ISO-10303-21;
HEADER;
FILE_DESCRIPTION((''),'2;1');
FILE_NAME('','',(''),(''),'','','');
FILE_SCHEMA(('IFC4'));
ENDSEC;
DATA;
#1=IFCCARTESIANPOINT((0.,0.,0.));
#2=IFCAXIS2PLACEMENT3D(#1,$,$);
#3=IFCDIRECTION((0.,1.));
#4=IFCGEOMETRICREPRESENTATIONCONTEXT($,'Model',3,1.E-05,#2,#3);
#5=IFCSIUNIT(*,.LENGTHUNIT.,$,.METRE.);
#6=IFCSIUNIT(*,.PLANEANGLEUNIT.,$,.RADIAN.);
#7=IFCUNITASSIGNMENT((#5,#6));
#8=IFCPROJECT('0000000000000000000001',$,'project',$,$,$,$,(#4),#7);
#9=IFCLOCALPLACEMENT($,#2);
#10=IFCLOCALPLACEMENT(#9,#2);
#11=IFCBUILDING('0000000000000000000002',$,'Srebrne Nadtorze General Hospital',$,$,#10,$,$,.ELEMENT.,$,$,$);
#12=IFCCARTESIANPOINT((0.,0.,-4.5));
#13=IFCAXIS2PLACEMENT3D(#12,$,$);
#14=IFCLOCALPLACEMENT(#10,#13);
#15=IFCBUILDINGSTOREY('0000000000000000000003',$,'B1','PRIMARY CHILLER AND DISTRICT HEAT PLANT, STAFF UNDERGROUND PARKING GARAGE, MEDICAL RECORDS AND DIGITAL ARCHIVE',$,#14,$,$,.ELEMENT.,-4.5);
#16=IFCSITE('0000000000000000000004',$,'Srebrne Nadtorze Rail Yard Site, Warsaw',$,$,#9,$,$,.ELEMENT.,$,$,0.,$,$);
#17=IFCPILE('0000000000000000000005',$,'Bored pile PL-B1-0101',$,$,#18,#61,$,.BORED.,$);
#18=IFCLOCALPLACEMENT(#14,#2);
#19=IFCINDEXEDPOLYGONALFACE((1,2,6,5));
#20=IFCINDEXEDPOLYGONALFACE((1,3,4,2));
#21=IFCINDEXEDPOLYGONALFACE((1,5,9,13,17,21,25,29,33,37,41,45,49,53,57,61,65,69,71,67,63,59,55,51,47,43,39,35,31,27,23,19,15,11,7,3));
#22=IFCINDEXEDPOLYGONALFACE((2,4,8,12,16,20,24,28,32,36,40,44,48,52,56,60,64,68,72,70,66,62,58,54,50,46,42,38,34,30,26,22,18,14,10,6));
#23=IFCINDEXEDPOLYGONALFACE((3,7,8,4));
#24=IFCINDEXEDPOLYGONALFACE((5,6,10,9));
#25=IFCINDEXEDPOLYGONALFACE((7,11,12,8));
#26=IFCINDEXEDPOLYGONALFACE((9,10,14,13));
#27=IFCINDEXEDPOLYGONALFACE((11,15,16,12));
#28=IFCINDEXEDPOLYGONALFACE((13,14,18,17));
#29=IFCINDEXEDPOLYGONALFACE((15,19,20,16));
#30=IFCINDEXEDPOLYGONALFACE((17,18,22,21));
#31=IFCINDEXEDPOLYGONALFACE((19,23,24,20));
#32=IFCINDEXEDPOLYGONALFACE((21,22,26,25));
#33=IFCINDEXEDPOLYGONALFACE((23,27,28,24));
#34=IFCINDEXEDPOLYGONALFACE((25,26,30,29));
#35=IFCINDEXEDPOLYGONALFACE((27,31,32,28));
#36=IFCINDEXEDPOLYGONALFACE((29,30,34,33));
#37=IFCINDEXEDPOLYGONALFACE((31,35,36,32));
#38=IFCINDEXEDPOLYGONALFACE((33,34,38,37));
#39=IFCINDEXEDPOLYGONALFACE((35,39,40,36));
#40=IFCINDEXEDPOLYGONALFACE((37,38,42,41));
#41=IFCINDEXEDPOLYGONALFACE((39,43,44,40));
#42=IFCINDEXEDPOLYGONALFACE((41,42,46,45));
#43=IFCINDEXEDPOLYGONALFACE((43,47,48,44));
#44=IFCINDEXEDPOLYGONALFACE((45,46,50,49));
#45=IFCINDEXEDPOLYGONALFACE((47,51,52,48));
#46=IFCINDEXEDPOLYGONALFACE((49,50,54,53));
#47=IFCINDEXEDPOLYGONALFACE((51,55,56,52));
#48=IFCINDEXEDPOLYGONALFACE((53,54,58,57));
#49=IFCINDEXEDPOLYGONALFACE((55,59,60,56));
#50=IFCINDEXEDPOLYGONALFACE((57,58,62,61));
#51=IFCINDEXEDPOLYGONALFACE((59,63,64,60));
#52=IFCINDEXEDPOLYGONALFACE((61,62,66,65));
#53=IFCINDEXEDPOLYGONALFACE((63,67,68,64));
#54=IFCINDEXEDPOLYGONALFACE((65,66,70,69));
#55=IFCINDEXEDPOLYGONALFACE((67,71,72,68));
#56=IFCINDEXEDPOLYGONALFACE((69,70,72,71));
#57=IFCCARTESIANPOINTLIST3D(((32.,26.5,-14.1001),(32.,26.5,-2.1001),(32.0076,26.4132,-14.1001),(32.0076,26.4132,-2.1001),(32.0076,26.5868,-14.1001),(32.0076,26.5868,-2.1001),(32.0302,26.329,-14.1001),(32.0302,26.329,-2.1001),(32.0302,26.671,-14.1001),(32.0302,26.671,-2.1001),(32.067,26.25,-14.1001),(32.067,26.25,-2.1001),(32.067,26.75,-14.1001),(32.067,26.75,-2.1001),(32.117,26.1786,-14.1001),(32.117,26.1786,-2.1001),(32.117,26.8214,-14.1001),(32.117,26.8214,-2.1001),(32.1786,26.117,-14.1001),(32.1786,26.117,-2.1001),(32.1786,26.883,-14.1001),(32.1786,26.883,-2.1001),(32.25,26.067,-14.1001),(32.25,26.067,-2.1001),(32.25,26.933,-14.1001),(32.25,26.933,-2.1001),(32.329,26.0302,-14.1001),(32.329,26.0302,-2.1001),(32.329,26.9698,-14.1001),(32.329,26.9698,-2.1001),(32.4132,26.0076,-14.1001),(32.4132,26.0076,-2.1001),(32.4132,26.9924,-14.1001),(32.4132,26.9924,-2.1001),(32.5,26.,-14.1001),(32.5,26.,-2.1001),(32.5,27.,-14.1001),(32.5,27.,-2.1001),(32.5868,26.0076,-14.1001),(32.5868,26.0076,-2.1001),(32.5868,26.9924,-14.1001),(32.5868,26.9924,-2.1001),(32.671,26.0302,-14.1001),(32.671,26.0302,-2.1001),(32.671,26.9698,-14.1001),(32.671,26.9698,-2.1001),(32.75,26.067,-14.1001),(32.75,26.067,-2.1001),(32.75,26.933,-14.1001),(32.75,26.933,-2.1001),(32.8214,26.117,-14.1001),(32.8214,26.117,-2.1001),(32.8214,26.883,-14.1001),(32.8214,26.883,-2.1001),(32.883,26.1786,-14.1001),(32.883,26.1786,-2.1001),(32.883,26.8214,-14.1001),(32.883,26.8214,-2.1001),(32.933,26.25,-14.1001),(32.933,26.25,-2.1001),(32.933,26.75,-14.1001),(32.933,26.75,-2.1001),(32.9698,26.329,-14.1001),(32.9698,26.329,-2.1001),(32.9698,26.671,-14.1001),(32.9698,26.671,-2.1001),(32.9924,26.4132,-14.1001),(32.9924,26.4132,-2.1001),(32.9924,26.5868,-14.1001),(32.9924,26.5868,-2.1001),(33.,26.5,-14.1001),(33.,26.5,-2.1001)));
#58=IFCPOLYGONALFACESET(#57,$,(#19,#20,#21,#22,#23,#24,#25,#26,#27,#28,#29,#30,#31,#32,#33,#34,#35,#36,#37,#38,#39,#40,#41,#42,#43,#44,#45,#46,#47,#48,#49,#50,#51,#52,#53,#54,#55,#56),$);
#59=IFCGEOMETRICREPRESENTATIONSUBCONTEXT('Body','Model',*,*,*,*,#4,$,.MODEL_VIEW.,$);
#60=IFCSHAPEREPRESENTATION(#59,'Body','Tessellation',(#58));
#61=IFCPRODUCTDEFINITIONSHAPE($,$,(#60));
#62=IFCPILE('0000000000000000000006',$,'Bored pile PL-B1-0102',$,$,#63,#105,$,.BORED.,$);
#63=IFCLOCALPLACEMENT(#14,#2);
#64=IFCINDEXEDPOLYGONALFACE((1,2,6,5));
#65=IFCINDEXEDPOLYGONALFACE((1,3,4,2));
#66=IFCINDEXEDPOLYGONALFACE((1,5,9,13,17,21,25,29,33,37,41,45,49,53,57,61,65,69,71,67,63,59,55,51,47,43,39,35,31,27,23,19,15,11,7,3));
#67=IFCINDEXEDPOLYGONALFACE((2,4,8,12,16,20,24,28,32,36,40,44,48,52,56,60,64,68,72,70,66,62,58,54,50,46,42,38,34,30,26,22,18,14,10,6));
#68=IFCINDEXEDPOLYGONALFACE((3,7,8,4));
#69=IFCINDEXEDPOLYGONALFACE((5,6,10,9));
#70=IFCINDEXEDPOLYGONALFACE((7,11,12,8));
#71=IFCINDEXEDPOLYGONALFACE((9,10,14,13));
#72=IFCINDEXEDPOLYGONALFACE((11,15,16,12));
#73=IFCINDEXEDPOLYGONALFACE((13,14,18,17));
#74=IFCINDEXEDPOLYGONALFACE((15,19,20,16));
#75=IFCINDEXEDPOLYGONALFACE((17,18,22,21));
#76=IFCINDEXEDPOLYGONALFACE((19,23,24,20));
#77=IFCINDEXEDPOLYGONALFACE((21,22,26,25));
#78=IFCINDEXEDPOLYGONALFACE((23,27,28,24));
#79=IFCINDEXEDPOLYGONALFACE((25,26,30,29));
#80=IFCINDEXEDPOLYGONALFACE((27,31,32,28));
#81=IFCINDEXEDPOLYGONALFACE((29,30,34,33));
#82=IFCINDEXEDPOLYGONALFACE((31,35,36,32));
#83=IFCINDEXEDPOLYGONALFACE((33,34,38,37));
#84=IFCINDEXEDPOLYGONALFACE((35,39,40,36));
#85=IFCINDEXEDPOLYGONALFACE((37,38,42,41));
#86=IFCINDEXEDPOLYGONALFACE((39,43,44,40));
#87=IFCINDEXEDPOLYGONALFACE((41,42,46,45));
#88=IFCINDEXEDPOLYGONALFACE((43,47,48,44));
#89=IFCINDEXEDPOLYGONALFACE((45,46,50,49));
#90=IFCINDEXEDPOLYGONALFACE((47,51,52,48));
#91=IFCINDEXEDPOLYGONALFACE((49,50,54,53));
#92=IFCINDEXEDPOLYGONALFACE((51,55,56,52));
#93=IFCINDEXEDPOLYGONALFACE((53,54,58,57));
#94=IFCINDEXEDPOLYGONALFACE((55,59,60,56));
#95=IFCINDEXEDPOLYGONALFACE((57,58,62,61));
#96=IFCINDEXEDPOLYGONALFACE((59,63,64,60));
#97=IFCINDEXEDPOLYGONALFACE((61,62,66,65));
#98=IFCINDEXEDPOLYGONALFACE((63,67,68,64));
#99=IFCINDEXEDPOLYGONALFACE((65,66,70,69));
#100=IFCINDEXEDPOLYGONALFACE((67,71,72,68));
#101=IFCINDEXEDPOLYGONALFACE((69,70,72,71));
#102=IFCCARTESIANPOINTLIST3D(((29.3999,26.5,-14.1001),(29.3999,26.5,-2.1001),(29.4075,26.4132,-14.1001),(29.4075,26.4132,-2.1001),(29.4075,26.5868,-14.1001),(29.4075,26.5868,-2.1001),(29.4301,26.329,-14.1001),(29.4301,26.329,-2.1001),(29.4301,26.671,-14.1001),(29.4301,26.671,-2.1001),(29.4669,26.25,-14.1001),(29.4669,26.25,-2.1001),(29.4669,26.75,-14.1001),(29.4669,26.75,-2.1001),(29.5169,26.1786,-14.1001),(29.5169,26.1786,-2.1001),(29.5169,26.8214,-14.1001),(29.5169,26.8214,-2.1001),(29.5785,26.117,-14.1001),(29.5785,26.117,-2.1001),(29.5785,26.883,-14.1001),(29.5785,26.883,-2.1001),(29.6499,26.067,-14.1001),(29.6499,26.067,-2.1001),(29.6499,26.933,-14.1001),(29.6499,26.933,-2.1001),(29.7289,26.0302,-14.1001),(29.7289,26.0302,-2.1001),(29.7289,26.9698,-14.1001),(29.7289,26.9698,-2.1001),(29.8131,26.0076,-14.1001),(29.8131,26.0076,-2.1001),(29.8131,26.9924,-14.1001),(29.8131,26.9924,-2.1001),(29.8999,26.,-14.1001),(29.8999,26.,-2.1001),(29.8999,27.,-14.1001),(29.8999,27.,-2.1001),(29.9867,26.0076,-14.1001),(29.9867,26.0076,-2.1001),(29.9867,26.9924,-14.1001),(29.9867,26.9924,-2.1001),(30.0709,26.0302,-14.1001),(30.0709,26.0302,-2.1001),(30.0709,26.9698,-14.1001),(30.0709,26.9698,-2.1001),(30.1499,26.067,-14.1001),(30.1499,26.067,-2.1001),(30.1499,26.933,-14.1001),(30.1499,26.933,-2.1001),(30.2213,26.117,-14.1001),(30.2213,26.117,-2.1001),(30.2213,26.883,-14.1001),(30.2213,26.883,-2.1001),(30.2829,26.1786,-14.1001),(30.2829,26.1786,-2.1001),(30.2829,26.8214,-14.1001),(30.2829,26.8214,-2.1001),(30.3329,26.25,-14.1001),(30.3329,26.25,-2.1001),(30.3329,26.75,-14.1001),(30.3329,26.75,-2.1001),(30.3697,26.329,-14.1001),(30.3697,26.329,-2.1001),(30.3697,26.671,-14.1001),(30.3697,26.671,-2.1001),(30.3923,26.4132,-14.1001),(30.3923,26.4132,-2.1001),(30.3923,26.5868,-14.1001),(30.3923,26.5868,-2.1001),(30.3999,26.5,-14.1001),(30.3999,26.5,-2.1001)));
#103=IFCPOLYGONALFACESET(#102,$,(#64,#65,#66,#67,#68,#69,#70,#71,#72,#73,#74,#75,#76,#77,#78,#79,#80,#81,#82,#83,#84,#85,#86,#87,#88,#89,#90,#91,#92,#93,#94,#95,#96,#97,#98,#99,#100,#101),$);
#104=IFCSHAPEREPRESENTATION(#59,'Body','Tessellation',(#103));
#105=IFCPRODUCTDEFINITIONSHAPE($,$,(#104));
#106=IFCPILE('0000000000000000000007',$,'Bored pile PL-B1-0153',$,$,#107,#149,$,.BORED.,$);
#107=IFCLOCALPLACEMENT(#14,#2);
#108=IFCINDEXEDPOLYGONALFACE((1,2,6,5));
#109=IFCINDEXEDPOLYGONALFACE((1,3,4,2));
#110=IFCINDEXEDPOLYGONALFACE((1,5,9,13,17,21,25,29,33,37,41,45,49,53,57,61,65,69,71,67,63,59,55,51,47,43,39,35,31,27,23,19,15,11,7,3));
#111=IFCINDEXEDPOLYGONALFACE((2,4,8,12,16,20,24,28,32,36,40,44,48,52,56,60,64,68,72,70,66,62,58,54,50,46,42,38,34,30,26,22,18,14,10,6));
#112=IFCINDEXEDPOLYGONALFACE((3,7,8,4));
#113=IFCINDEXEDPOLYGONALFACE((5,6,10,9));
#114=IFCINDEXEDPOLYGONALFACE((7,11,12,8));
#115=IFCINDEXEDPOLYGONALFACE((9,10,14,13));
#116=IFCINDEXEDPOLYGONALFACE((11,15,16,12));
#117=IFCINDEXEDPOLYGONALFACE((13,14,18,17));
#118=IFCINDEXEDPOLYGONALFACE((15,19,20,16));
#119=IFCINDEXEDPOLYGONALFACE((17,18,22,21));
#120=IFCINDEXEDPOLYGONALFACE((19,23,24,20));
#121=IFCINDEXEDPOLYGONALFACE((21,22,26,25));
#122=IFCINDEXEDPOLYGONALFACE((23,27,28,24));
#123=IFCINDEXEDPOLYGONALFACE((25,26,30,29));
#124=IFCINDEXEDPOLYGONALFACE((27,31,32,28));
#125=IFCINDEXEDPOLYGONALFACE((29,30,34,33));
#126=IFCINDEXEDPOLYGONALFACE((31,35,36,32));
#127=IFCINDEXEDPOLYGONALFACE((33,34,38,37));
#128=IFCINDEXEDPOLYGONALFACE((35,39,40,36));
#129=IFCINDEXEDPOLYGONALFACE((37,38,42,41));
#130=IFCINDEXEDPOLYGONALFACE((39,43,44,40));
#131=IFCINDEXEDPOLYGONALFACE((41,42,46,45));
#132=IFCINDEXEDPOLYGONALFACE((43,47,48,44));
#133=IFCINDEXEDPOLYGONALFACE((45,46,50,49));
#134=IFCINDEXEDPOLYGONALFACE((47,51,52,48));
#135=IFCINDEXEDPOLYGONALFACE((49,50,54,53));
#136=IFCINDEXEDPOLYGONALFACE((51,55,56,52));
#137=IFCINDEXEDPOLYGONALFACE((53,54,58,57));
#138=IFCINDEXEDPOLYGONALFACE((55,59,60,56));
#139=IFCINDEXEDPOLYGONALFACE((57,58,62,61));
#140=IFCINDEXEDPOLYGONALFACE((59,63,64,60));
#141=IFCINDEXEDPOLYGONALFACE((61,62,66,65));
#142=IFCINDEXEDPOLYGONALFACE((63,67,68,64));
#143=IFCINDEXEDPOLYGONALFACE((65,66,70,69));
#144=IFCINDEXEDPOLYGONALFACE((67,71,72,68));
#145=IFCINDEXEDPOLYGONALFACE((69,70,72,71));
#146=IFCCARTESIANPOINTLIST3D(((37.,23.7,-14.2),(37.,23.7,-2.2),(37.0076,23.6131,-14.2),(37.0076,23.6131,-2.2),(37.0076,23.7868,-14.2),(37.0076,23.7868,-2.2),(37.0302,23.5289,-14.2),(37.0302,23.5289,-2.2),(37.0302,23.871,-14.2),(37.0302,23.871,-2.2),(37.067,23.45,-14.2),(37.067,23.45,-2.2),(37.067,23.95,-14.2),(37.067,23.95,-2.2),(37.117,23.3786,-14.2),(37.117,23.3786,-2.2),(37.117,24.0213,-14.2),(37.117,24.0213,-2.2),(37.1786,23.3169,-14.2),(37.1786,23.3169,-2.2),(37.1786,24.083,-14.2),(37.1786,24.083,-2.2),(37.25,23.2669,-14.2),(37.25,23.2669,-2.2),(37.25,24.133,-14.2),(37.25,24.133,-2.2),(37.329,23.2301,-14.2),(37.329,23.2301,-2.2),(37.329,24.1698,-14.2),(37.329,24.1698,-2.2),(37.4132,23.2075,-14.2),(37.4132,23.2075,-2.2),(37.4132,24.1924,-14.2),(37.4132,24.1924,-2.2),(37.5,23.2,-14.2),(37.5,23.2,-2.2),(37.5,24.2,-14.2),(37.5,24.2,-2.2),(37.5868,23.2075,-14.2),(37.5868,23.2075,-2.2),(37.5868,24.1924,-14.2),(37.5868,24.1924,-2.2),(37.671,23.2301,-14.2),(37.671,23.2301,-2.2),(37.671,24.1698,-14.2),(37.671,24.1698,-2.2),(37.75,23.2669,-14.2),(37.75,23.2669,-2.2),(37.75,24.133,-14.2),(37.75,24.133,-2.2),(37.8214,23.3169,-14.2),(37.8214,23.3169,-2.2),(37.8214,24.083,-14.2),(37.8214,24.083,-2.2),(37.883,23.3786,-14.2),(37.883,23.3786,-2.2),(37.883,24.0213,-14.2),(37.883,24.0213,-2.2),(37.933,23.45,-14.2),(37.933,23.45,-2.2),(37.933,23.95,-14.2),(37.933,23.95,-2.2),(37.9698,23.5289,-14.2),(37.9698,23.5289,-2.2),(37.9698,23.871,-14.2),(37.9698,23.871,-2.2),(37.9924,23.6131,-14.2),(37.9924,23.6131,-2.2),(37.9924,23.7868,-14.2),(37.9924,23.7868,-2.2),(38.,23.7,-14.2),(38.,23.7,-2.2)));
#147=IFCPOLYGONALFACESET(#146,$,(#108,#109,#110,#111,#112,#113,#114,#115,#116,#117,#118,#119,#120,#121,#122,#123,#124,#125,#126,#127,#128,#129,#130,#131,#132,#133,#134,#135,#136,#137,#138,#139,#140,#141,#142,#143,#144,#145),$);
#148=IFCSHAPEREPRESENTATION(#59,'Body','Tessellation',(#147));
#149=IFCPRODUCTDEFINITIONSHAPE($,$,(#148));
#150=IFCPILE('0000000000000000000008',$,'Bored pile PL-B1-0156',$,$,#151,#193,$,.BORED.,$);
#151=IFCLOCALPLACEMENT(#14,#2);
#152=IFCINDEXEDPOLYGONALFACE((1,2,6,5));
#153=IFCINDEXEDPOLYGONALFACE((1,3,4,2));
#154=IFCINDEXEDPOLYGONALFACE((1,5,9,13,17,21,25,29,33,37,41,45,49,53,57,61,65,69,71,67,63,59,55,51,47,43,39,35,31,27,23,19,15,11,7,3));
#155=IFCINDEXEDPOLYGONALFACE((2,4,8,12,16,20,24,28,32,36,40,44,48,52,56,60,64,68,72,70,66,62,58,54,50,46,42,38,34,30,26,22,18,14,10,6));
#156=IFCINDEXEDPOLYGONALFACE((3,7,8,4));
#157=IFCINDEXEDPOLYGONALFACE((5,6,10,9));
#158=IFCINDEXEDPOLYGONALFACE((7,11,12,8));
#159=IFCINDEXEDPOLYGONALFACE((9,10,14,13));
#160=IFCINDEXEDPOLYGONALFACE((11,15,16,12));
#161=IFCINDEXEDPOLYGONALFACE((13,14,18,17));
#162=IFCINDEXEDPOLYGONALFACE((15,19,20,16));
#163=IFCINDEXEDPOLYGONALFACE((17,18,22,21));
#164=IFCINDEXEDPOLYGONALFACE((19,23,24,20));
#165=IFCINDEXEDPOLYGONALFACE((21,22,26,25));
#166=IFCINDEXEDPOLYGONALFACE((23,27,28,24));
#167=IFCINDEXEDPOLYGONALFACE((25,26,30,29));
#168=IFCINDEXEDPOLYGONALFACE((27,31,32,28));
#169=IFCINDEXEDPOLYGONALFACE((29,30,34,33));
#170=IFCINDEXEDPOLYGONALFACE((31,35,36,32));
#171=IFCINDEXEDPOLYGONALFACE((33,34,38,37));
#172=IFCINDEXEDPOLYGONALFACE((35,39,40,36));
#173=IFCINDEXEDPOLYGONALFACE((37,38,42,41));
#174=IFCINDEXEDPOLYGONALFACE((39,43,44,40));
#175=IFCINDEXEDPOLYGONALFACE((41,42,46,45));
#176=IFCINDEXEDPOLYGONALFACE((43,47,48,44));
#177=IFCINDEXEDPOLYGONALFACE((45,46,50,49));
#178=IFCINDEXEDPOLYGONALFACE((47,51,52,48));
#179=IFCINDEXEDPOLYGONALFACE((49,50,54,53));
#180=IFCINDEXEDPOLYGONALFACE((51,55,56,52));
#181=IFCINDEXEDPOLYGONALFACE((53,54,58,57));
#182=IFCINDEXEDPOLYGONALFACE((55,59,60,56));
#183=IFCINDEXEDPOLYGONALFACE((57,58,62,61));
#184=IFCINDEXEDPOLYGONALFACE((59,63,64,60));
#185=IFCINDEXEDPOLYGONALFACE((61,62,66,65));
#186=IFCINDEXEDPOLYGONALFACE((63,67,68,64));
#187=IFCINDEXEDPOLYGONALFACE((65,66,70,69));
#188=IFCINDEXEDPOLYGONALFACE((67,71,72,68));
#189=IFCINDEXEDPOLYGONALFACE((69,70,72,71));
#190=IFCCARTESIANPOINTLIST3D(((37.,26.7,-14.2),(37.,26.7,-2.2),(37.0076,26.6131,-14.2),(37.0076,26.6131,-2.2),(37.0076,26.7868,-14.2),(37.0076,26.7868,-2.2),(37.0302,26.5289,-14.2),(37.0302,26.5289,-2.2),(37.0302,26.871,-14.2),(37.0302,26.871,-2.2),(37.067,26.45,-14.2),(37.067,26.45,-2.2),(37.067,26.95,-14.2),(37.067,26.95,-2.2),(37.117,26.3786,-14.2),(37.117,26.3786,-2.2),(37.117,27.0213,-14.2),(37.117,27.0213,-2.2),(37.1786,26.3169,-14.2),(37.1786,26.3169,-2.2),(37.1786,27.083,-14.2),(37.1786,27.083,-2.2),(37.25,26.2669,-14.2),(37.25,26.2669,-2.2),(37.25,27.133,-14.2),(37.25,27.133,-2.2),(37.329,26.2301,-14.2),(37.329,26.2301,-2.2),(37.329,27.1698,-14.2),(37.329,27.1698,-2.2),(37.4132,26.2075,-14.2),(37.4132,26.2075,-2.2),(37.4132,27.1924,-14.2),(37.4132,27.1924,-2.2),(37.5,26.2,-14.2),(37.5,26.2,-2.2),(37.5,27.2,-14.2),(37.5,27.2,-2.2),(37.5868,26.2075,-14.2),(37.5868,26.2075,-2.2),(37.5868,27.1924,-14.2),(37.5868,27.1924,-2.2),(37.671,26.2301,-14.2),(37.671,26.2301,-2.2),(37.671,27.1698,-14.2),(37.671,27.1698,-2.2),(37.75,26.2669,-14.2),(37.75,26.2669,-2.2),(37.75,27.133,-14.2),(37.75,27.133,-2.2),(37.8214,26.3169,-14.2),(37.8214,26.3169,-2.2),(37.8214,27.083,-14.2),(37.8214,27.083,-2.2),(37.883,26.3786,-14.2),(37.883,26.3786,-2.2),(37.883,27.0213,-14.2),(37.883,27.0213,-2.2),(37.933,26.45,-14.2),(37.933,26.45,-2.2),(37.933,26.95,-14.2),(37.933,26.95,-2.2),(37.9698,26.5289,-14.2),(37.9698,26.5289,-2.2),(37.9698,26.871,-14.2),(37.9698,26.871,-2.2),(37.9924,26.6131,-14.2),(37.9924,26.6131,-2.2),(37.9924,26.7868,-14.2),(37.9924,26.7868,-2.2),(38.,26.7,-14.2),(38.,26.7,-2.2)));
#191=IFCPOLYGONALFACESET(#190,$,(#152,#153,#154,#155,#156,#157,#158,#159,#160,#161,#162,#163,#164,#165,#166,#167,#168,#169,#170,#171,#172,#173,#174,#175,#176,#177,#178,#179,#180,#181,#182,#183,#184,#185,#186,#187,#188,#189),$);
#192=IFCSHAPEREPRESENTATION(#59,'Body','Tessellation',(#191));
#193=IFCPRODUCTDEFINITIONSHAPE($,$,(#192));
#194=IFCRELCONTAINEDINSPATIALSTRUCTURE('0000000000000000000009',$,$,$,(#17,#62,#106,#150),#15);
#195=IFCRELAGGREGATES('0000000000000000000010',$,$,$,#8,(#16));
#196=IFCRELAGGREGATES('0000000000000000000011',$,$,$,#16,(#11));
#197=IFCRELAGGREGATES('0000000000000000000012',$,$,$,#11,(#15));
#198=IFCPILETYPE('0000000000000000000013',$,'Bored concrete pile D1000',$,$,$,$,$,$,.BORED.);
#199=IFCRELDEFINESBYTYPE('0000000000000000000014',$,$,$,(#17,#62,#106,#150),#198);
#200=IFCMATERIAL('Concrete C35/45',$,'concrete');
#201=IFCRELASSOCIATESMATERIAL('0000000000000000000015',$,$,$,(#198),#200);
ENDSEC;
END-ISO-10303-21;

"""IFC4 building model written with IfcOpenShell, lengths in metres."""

from ifc_helpers import new_model, si_unit, direction, frame, origin, origin_2d, place, context, subcontext, project, spatial, circle, extrude, material, material_profile, profile_set, type_object, element, save


model = new_model("IFC4")

# Units and contexts
model_context = context("Model", 3, precision=1e-05, world=origin(), true_north=direction((0.0, 1.0)))
body_context = subcontext(model_context, "Body", "Model", "MODEL_VIEW")
ifc_project = project(units=[si_unit("LENGTHUNIT", "METRE"), si_unit("PLANEANGLEUNIT", "RADIAN")], contexts=[model_context])

# Site, building, storey
site_placement = place(None, origin())
site = spatial("IfcSite", under=ifc_project, at=site_placement, Name="Srebrne Nadtorze Rail Yard Site, Warsaw", CompositionType="ELEMENT", RefElevation=0.0)
building_placement = place(site_placement, origin())
building = spatial("IfcBuilding", under=site, at=building_placement, Name="Srebrne Nadtorze General Hospital", CompositionType="ELEMENT")
storey_placement = place(building_placement, frame((0.0, 0.0, -4.5)))
storey = spatial("IfcBuildingStorey", under=building, at=storey_placement, Name="B1", Description="PRIMARY CHILLER AND DISTRICT HEAT PLANT, STAFF UNDERGROUND PARKING GARAGE, MEDICAL RECORDS AND DIGITAL ARCHIVE", CompositionType="ELEMENT", Elevation=-4.5)

# Piles
ifc_material_1 = material(Name="Concrete C35/45", Category="concrete")
ifc_material_profile_1 = material_profile(ifc_material_1, circle(Radius=0.5, at=origin_2d()), Name="PILE-D1000")
ifc_profile_set_1 = profile_set([ifc_material_profile_1], Name="Concrete C35/45")
pile_type_1 = type_object("IfcPileType", Name="Bored concrete pile D1000", PredefinedType="BORED", material=ifc_profile_set_1)
for number, where, z_axis, x_axis, name in (
    (1, (32.5, 26.5, -2.1001), (0.0, 0.0, -1.0), (1.0, 0.0, 0.0), "Bored pile PL-B1-0101"),
    (2, (29.8999, 26.5, -2.1001), (0.0, 0.0, -1.0), (1.0, 0.0, 0.0), "Bored pile PL-B1-0102"),
    (3, (37.5, 23.7, -2.2), (0.0, 0.0, -1.0), (1.0, 0.0, 0.0), "Bored pile PL-B1-0153"),
    (4, (37.5, 26.7, -2.2), (0.0, 0.0, -1.0), (1.0, 0.0, 0.0), "Bored pile PL-B1-0156"),
):
    element("IfcPile", number, at=place(storey_placement, frame(where, z_axis=z_axis, x_axis=x_axis)), inside=storey, type_object=pile_type_1, Name=name, PredefinedType="BORED", context=body_context, shape_type="SweptSolid", body=[
        extrude(circle(Radius=0.5, at=origin_2d()), origin(), (0.0, 0.0, 1.0), 12.0),
    ])

save(model, "model.ifc")
